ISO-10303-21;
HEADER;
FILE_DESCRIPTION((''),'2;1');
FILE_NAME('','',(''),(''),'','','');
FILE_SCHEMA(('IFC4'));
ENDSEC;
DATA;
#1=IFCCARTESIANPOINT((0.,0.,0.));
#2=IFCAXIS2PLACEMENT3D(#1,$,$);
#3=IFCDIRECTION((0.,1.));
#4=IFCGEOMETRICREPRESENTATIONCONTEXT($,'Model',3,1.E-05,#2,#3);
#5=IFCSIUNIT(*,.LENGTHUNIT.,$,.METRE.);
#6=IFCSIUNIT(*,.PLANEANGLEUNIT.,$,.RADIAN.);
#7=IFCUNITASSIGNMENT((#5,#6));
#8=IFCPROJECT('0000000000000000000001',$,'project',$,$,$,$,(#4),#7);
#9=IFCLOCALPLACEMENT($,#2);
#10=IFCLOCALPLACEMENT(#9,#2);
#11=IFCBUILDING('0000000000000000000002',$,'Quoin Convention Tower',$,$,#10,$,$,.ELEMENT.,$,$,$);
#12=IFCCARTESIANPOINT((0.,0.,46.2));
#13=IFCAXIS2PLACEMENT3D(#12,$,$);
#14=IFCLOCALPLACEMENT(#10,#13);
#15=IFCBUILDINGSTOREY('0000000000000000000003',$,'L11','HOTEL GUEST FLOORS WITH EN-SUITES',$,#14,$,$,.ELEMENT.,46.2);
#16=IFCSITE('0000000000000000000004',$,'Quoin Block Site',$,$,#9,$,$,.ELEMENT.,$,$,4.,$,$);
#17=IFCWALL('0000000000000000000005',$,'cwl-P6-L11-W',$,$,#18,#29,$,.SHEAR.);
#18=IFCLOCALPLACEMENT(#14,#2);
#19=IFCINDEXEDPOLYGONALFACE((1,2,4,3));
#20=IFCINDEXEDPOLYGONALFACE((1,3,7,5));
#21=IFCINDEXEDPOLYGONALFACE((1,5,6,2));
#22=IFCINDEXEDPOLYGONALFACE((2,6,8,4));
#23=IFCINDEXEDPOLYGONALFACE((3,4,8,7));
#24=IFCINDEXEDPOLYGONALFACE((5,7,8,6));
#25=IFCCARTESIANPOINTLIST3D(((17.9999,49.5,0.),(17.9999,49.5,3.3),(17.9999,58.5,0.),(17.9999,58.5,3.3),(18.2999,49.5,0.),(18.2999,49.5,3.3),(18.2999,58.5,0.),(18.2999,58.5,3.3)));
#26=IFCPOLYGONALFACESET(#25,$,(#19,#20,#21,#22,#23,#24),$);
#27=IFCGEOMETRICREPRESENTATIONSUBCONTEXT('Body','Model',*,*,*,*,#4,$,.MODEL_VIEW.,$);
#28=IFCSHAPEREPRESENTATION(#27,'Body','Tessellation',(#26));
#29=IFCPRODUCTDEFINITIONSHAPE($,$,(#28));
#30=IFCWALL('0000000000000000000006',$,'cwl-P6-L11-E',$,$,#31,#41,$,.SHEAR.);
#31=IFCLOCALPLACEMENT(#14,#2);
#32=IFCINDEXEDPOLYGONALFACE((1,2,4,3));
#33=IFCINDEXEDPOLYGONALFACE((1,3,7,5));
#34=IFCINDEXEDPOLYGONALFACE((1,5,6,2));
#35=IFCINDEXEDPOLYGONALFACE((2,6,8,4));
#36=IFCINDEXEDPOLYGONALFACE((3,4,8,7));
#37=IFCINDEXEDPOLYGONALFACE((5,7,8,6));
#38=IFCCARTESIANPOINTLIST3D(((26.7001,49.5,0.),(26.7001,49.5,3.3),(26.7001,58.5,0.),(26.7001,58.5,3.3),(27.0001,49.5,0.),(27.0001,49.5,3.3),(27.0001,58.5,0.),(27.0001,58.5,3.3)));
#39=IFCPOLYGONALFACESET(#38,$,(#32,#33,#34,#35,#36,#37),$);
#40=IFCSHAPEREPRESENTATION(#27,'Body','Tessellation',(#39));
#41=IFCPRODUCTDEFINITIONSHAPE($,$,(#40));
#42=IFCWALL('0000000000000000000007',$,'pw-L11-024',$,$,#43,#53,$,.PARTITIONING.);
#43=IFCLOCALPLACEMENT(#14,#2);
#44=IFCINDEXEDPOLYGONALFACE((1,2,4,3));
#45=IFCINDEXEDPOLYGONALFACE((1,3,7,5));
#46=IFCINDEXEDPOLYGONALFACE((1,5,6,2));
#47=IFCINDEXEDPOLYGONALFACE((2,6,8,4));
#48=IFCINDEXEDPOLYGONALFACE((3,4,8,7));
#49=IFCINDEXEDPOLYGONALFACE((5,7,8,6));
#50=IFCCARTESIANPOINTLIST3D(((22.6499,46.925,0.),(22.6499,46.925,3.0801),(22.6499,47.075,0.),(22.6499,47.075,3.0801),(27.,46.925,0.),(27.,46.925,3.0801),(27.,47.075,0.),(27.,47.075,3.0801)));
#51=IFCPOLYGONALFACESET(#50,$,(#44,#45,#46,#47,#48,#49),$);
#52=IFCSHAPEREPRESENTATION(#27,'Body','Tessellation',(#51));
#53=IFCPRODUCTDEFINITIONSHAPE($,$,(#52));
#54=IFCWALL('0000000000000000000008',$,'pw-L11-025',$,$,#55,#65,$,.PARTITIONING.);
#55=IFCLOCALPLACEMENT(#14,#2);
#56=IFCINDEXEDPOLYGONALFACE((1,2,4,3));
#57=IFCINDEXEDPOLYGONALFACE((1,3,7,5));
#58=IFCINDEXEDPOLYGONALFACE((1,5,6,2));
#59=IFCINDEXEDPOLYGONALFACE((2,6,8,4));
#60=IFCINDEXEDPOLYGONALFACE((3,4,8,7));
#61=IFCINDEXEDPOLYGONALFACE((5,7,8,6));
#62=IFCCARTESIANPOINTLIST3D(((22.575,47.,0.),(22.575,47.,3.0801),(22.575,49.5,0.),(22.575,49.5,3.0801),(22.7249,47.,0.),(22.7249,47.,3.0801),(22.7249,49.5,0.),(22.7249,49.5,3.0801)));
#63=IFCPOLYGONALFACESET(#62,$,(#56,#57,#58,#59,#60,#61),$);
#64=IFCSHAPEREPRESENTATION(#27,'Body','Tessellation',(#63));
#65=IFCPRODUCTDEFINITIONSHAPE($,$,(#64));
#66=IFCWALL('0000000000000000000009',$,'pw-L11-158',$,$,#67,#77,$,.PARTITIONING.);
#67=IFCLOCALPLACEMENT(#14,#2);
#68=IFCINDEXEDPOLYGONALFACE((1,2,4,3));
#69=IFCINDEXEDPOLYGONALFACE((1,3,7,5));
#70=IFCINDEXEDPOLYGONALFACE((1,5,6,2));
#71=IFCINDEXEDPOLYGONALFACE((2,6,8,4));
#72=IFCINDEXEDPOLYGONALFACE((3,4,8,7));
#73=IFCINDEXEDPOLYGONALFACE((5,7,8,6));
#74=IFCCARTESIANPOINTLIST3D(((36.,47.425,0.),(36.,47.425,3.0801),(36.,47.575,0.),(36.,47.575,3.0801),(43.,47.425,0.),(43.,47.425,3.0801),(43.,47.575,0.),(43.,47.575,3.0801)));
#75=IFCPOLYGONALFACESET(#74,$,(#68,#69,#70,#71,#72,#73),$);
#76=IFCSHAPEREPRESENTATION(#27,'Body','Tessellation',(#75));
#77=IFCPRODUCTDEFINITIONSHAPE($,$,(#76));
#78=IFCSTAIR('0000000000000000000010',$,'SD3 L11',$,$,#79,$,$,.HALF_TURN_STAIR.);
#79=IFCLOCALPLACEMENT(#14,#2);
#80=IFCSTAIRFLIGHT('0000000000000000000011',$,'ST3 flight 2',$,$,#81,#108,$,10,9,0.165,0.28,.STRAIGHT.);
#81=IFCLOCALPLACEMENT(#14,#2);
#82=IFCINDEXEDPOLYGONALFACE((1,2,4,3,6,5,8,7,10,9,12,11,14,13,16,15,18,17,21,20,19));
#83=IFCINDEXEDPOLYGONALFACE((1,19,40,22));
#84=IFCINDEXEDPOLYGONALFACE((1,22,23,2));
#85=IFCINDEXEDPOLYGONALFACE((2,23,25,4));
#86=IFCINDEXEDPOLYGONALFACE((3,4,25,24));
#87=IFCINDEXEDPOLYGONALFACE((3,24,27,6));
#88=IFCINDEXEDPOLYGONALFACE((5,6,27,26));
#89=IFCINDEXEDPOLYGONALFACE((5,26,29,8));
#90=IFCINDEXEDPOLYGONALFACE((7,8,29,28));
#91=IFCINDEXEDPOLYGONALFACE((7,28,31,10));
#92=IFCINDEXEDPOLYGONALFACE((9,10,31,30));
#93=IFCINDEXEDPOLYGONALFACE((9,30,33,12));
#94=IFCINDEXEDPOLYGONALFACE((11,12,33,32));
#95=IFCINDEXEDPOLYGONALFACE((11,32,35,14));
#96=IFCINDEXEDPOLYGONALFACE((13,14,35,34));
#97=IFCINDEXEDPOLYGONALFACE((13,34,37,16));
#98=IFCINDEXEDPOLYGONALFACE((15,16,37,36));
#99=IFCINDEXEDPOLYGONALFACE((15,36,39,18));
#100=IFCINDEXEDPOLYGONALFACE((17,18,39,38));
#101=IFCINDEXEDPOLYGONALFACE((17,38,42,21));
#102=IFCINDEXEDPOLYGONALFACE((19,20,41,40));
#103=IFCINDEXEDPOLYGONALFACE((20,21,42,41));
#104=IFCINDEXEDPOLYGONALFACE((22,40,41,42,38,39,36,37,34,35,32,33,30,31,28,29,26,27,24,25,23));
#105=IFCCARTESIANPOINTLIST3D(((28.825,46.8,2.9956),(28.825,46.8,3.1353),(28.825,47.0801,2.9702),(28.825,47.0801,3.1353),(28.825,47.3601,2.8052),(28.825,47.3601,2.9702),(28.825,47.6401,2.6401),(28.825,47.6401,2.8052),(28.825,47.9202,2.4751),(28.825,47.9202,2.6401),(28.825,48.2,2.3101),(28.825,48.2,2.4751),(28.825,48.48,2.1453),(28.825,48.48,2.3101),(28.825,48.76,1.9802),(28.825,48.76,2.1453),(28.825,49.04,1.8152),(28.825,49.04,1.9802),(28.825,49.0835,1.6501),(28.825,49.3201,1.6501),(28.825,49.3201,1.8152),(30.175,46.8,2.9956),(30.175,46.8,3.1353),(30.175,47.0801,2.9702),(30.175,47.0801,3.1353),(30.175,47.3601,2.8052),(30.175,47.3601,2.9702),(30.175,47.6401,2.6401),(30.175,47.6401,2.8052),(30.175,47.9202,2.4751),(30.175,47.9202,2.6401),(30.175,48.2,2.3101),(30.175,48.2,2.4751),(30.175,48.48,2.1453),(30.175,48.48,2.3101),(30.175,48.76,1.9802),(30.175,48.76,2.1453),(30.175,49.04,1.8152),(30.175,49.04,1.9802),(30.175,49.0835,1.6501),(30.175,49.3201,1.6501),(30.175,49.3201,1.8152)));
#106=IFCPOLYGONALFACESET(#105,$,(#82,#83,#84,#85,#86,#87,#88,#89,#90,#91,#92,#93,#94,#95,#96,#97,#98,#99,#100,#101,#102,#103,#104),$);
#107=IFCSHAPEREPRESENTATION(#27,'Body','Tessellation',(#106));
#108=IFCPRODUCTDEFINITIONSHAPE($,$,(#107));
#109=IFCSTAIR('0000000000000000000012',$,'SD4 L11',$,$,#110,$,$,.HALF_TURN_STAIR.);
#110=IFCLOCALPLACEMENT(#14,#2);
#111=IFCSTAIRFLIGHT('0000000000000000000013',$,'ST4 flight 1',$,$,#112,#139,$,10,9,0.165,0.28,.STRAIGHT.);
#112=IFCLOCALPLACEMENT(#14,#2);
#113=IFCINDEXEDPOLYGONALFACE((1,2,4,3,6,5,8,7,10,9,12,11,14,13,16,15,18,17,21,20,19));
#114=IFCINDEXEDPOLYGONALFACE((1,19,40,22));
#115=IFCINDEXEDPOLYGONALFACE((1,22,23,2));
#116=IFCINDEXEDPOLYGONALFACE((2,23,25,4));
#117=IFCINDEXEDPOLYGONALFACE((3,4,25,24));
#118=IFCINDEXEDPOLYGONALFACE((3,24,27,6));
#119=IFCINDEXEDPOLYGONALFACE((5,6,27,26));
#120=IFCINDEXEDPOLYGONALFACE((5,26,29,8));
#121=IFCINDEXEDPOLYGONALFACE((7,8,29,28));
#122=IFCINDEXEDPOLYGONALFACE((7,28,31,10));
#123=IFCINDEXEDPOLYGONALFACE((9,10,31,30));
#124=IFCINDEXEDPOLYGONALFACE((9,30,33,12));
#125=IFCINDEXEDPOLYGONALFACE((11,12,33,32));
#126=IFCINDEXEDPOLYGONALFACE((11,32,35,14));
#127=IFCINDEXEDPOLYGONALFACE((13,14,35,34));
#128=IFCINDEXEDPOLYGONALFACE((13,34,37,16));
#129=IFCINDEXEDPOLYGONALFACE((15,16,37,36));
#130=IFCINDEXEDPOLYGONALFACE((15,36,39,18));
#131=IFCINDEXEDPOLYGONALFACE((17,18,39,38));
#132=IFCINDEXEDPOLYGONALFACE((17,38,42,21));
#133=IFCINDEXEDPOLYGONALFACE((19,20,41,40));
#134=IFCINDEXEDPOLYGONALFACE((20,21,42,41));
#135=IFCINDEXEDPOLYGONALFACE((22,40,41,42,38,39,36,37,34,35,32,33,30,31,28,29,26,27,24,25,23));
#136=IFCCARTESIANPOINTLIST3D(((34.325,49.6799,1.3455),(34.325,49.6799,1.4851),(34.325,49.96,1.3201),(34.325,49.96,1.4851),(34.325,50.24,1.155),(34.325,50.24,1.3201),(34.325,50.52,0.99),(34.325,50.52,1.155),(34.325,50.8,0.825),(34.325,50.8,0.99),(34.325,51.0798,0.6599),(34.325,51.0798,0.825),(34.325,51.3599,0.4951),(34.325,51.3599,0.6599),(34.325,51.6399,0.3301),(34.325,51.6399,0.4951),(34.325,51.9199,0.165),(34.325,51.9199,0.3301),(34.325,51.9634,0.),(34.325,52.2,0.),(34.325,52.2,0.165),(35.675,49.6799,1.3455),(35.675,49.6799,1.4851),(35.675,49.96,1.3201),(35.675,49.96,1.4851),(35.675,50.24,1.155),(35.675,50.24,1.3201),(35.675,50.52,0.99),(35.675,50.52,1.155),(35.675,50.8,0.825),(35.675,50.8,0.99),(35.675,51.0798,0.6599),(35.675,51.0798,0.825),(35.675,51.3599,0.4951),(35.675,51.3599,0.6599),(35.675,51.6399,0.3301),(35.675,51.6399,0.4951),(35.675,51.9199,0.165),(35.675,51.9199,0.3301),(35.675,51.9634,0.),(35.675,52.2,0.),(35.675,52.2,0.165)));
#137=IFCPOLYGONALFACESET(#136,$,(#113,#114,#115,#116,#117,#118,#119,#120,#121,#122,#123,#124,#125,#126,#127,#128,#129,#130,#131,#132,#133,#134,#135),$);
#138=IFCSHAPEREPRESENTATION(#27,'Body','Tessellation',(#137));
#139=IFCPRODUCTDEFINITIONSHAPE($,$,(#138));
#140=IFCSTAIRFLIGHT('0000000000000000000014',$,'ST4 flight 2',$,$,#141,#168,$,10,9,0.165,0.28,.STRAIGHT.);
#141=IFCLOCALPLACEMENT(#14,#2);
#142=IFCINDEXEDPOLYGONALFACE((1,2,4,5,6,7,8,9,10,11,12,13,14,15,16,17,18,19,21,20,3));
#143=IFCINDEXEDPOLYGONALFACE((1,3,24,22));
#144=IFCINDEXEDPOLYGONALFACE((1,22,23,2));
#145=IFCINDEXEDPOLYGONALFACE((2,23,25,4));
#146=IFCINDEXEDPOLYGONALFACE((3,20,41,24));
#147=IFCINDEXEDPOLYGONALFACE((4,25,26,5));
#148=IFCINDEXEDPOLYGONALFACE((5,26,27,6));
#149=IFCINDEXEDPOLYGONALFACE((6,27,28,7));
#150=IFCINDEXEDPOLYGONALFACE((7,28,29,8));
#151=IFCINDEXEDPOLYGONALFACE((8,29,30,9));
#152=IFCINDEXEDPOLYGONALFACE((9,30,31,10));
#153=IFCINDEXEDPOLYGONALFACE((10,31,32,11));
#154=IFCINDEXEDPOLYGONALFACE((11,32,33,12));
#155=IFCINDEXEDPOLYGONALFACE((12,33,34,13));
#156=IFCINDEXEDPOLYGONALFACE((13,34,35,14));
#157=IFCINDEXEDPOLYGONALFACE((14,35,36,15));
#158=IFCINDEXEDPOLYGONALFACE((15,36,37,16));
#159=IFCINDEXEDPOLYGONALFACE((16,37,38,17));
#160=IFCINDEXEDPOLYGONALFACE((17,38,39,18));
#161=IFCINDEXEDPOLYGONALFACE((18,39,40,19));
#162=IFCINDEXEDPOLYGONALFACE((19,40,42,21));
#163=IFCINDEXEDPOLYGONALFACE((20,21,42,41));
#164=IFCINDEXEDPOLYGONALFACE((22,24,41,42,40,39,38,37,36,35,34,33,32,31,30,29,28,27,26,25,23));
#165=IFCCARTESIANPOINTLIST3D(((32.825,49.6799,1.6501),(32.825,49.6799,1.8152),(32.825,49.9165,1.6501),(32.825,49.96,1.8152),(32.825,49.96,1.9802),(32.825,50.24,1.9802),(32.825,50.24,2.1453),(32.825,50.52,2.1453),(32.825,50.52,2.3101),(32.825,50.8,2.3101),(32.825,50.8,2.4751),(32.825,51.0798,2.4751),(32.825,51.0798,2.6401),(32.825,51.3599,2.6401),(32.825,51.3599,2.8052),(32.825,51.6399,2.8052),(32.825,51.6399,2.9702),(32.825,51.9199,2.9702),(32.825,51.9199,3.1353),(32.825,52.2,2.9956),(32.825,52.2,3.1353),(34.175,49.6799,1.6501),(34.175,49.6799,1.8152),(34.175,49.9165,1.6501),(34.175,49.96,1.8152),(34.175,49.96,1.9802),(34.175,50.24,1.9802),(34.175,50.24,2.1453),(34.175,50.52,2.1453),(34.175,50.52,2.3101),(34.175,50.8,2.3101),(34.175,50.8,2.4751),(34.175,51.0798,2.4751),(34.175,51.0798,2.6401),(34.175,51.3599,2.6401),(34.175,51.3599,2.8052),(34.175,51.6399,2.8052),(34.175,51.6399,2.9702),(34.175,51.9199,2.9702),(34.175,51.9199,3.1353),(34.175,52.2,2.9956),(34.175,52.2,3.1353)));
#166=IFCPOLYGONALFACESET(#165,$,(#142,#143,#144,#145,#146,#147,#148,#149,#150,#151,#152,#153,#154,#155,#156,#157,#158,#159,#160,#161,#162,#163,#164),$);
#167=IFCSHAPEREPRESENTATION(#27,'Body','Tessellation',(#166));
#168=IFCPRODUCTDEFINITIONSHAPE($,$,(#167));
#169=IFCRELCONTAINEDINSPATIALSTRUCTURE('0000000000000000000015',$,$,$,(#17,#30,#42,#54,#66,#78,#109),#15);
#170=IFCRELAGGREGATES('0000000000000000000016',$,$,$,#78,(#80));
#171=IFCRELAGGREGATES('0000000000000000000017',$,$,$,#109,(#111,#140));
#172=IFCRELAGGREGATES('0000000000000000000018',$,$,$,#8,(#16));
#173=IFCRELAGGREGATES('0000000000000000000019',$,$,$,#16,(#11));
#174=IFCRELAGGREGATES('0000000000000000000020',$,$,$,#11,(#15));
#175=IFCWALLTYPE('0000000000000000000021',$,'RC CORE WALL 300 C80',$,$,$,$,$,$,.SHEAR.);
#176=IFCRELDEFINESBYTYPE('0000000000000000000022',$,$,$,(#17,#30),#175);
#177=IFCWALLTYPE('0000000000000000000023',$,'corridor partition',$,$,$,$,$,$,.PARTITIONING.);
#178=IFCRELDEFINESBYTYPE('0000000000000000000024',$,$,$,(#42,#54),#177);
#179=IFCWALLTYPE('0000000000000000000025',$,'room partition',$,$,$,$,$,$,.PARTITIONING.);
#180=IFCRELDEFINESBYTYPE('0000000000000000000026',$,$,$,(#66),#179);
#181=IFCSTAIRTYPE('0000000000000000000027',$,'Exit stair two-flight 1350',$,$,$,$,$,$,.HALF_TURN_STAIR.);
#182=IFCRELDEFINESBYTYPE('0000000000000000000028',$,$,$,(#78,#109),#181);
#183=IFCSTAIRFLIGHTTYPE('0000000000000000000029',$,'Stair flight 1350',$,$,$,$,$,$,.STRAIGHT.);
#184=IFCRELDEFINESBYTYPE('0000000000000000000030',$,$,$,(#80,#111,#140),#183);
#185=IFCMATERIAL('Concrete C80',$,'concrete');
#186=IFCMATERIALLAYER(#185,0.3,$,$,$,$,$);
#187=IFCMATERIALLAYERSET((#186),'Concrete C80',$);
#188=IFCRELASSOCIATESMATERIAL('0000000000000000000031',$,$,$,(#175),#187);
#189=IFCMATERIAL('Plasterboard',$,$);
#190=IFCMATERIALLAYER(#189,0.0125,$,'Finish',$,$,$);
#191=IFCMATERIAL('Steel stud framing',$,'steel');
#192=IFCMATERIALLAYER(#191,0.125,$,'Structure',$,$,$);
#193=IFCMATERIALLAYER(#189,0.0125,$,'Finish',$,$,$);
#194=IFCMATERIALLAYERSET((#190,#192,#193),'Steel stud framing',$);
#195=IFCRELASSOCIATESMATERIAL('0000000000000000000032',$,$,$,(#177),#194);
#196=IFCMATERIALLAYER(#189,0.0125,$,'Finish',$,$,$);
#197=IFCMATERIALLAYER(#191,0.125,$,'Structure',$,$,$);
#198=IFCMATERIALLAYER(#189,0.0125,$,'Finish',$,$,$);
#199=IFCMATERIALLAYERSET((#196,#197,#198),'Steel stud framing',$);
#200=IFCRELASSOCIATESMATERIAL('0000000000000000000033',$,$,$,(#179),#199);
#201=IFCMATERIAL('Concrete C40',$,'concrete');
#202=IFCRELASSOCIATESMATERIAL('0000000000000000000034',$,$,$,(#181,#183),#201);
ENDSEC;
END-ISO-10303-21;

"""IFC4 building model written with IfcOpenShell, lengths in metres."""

from ifc_helpers import new_model, si_unit, direction, frame, frame_2d, origin, place, context, subcontext, project, spatial, polyline, rectangle, outline, extrude, material, layer, layer_set, type_object, element, aggregate, save


model = new_model("IFC4")

# Units and contexts
model_context = context("Model", 3, precision=1e-05, world=origin(), true_north=direction((0.0, 1.0)))
body_context = subcontext(model_context, "Body", "Model", "MODEL_VIEW")
ifc_project = project(units=[si_unit("LENGTHUNIT", "METRE"), si_unit("PLANEANGLEUNIT", "RADIAN")], contexts=[model_context])

# Site, building, storey
site_placement = place(None, origin())
site = spatial("IfcSite", under=ifc_project, at=site_placement, Name="Quoin Block Site", CompositionType="ELEMENT", RefElevation=4.0)
building_placement = place(site_placement, origin())
building = spatial("IfcBuilding", under=site, at=building_placement, Name="Quoin Convention Tower", CompositionType="ELEMENT")
storey_placement = place(building_placement, frame((0.0, 0.0, 46.2)))
storey = spatial("IfcBuildingStorey", under=building, at=storey_placement, Name="L11", Description="HOTEL GUEST FLOORS WITH EN-SUITES", CompositionType="ELEMENT", Elevation=46.2)

# Shared definitions
ifc_material_1 = material(Name="Concrete C80", Category="concrete")

# Shared definitions
ifc_layer_1 = layer(ifc_material_1, 0.3)
ifc_layer_set_1 = layer_set([ifc_layer_1], Name="Concrete C80")
wall_type_1 = type_object("IfcWallType", Name="RC CORE WALL 300 C80", PredefinedType="SHEAR", material=ifc_layer_set_1)

# Walls
for number, where, z_axis, x_axis, name in (
    (1, (18.1499, 49.5, 0.0), (0.0, 0.0, 1.0), (0.0, 1.0, 0.0), "cwl-P6-L11-W"),
    (2, (26.8501, 49.5, 0.0), (0.0, 0.0, 1.0), (0.0, 1.0, 0.0), "cwl-P6-L11-E"),
):
    element("IfcWall", number, at=place(storey_placement, frame(where, z_axis=z_axis, x_axis=x_axis)), inside=storey, type_object=wall_type_1, Name=name, PredefinedType="SHEAR", context=body_context, shape_type="SweptSolid", body=[
        extrude(rectangle(XDim=9.0, YDim=0.3, at=frame_2d((4.5, 0.0))), origin(), (0.0, 0.0, 1.0), 3.3),
    ])
ifc_material_2 = material(Name="Plasterboard")
ifc_layer_2 = layer(ifc_material_2, 0.0125, Name="Finish")
ifc_material_3 = material(Name="Steel stud framing", Category="steel")
ifc_layer_3 = layer(ifc_material_3, 0.125, Name="Structure")
ifc_layer_4 = layer(ifc_material_2, 0.0125, Name="Finish")
ifc_layer_set_2 = layer_set([ifc_layer_2, ifc_layer_3, ifc_layer_4], Name="Steel stud framing")
wall_type_2 = type_object("IfcWallType", Name="corridor partition", PredefinedType="PARTITIONING", material=ifc_layer_set_2)
wall_1_placement = place(storey_placement, frame((22.6499, 47.0, 0.0), z_axis=(0.0, 0.0, 1.0), x_axis=(1.0, 0.0, 0.0)))
element("IfcWall", 3, at=wall_1_placement, inside=storey, type_object=wall_type_2, Name="pw-L11-024", PredefinedType="PARTITIONING", context=body_context, shape_type="SweptSolid", body=[
    extrude(rectangle(XDim=4.3501, YDim=0.1499, at=frame_2d((2.175, 0.0))), origin(), (0.0, 0.0, 1.0), 3.0801),
])
wall_2_placement = place(storey_placement, frame((22.6499, 47.0, 0.0), z_axis=(0.0, 0.0, 1.0), x_axis=(0.0, 1.0, 0.0)))
element("IfcWall", 4, at=wall_2_placement, inside=storey, type_object=wall_type_2, Name="pw-L11-025", PredefinedType="PARTITIONING", context=body_context, shape_type="SweptSolid", body=[
    extrude(rectangle(XDim=2.5, YDim=0.1499, at=frame_2d((1.25, 0.0))), origin(), (0.0, 0.0, 1.0), 3.0801),
])
ifc_layer_5 = layer(ifc_material_2, 0.0125, Name="Finish")
ifc_layer_6 = layer(ifc_material_3, 0.125, Name="Structure")
ifc_layer_7 = layer(ifc_material_2, 0.0125, Name="Finish")
ifc_layer_set_3 = layer_set([ifc_layer_5, ifc_layer_6, ifc_layer_7], Name="Steel stud framing")
wall_type_3 = type_object("IfcWallType", Name="room partition", PredefinedType="PARTITIONING", material=ifc_layer_set_3)
wall_3_placement = place(storey_placement, frame((36.0, 47.5, 0.0), z_axis=(0.0, 0.0, 1.0), x_axis=(1.0, 0.0, 0.0)))
element("IfcWall", 5, at=wall_3_placement, inside=storey, type_object=wall_type_3, Name="pw-L11-158", PredefinedType="PARTITIONING", context=body_context, shape_type="SweptSolid", body=[
    extrude(rectangle(XDim=7.0, YDim=0.1499, at=frame_2d((3.5, 0.0))), origin(), (0.0, 0.0, 1.0), 3.0801),
])

# Stair, stair flight
ifc_material_4 = material(Name="Concrete C40", Category="concrete")
stair_type_1 = type_object("IfcStairType", Name="Exit stair two-flight 1350", PredefinedType="HALF_TURN_STAIR", material=ifc_material_4)
stair_1_placement = place(storey_placement, origin())
stair_1 = element("IfcStair", 6, at=stair_1_placement, inside=storey, type_object=stair_type_1, Name="SD3 L11", PredefinedType="HALF_TURN_STAIR")
stair_flight_type_1 = type_object("IfcStairFlightType", Name="Stair flight 1350", PredefinedType="STRAIGHT", material=ifc_material_4)
stair_flight_1_placement = place(storey_placement, frame((29.5, 49.3201, 1.6501), z_axis=(0.0, 0.0, 1.0), x_axis=(0.0, -1.0, 0.0)))
stair_flight_1 = element("IfcStairFlight", 7, at=stair_flight_1_placement, type_object=stair_flight_type_1, Name="ST3 flight 2", NumberOfRisers=10, NumberOfTreads=9, PredefinedType="STRAIGHT", RiserHeight=0.165, TreadLength=0.28, context=body_context, shape_type="SweptSolid", body=[
    extrude(outline(polyline([(0.0, 0.0), (0.0, 0.165), (0.28, 0.165), (0.28, 0.3301), (0.5601, 0.3301), (0.5601, 0.4951), (0.8401, 0.4951), (0.8401, 0.6599), (1.1201, 0.6599), (1.1201, 0.825), (1.3999, 0.825), (1.3999, 0.99), (1.6799, 0.99), (1.6799, 1.155), (1.96, 1.155), (1.96, 1.3201), (2.24, 1.3201), (2.24, 1.4851), (2.52, 1.4851), (2.52, 1.6499), (2.52, 1.3455), (0.2366, 0.0), (0.0, 0.0)])), frame((0.0, 0.675, 0.0), z_axis=(0.0, -1.0, 0.0), x_axis=(1.0, 0.0, 0.0)), (0.0, 0.0, 1.0), 1.3501),
])
aggregate(stair_1, [stair_flight_1])

# Stair, stair flights
stair_2_placement = place(storey_placement, origin())
stair_2 = element("IfcStair", 8, at=stair_2_placement, inside=storey, type_object=stair_type_1, Name="SD4 L11", PredefinedType="HALF_TURN_STAIR")
stair_flight_2_placement = place(storey_placement, frame((35.0, 52.2, 0.0), z_axis=(0.0, 0.0, 1.0), x_axis=(0.0, -1.0, 0.0)))
stair_flight_2 = element("IfcStairFlight", 9, at=stair_flight_2_placement, type_object=stair_flight_type_1, Name="ST4 flight 1", NumberOfRisers=10, NumberOfTreads=9, PredefinedType="STRAIGHT", RiserHeight=0.165, TreadLength=0.28, context=body_context, shape_type="SweptSolid", body=[
    extrude(outline(polyline([(0.0, 0.0), (0.0, 0.165), (0.28, 0.165), (0.28, 0.3301), (0.5601, 0.3301), (0.5601, 0.4951), (0.8401, 0.4951), (0.8401, 0.6599), (1.1201, 0.6599), (1.1201, 0.825), (1.3999, 0.825), (1.3999, 0.99), (1.6799, 0.99), (1.6799, 1.155), (1.96, 1.155), (1.96, 1.3201), (2.24, 1.3201), (2.24, 1.4851), (2.52, 1.4851), (2.52, 1.6499), (2.52, 1.3455), (0.2366, 0.0), (0.0, 0.0)])), frame((0.0, 0.675, 0.0), z_axis=(0.0, -1.0, 0.0), x_axis=(1.0, 0.0, 0.0)), (0.0, 0.0, 1.0), 1.3501),
])
stair_flight_3_placement = place(storey_placement, frame((33.5, 49.6799, 1.6501), z_axis=(0.0, 0.0, 1.0), x_axis=(0.0, 1.0, 0.0)))
stair_flight_3 = element("IfcStairFlight", 10, at=stair_flight_3_placement, type_object=stair_flight_type_1, Name="ST4 flight 2", NumberOfRisers=10, NumberOfTreads=9, PredefinedType="STRAIGHT", RiserHeight=0.165, TreadLength=0.28, context=body_context, shape_type="SweptSolid", body=[
    extrude(outline(polyline([(0.0, 0.0), (0.0, 0.165), (0.28, 0.165), (0.28, 0.3301), (0.5601, 0.3301), (0.5601, 0.4951), (0.8401, 0.4951), (0.8401, 0.6599), (1.1201, 0.6599), (1.1201, 0.825), (1.3999, 0.825), (1.3999, 0.99), (1.6799, 0.99), (1.6799, 1.155), (1.96, 1.155), (1.96, 1.3201), (2.24, 1.3201), (2.24, 1.4851), (2.52, 1.4851), (2.52, 1.6499), (2.52, 1.3455), (0.2366, 0.0), (0.0, 0.0)])), frame((0.0, 0.675, 0.0), z_axis=(0.0, -1.0, 0.0), x_axis=(1.0, 0.0, 0.0)), (0.0, 0.0, 1.0), 1.3501),
])
aggregate(stair_2, [stair_flight_2, stair_flight_3])

save(model, "model.ifc")
